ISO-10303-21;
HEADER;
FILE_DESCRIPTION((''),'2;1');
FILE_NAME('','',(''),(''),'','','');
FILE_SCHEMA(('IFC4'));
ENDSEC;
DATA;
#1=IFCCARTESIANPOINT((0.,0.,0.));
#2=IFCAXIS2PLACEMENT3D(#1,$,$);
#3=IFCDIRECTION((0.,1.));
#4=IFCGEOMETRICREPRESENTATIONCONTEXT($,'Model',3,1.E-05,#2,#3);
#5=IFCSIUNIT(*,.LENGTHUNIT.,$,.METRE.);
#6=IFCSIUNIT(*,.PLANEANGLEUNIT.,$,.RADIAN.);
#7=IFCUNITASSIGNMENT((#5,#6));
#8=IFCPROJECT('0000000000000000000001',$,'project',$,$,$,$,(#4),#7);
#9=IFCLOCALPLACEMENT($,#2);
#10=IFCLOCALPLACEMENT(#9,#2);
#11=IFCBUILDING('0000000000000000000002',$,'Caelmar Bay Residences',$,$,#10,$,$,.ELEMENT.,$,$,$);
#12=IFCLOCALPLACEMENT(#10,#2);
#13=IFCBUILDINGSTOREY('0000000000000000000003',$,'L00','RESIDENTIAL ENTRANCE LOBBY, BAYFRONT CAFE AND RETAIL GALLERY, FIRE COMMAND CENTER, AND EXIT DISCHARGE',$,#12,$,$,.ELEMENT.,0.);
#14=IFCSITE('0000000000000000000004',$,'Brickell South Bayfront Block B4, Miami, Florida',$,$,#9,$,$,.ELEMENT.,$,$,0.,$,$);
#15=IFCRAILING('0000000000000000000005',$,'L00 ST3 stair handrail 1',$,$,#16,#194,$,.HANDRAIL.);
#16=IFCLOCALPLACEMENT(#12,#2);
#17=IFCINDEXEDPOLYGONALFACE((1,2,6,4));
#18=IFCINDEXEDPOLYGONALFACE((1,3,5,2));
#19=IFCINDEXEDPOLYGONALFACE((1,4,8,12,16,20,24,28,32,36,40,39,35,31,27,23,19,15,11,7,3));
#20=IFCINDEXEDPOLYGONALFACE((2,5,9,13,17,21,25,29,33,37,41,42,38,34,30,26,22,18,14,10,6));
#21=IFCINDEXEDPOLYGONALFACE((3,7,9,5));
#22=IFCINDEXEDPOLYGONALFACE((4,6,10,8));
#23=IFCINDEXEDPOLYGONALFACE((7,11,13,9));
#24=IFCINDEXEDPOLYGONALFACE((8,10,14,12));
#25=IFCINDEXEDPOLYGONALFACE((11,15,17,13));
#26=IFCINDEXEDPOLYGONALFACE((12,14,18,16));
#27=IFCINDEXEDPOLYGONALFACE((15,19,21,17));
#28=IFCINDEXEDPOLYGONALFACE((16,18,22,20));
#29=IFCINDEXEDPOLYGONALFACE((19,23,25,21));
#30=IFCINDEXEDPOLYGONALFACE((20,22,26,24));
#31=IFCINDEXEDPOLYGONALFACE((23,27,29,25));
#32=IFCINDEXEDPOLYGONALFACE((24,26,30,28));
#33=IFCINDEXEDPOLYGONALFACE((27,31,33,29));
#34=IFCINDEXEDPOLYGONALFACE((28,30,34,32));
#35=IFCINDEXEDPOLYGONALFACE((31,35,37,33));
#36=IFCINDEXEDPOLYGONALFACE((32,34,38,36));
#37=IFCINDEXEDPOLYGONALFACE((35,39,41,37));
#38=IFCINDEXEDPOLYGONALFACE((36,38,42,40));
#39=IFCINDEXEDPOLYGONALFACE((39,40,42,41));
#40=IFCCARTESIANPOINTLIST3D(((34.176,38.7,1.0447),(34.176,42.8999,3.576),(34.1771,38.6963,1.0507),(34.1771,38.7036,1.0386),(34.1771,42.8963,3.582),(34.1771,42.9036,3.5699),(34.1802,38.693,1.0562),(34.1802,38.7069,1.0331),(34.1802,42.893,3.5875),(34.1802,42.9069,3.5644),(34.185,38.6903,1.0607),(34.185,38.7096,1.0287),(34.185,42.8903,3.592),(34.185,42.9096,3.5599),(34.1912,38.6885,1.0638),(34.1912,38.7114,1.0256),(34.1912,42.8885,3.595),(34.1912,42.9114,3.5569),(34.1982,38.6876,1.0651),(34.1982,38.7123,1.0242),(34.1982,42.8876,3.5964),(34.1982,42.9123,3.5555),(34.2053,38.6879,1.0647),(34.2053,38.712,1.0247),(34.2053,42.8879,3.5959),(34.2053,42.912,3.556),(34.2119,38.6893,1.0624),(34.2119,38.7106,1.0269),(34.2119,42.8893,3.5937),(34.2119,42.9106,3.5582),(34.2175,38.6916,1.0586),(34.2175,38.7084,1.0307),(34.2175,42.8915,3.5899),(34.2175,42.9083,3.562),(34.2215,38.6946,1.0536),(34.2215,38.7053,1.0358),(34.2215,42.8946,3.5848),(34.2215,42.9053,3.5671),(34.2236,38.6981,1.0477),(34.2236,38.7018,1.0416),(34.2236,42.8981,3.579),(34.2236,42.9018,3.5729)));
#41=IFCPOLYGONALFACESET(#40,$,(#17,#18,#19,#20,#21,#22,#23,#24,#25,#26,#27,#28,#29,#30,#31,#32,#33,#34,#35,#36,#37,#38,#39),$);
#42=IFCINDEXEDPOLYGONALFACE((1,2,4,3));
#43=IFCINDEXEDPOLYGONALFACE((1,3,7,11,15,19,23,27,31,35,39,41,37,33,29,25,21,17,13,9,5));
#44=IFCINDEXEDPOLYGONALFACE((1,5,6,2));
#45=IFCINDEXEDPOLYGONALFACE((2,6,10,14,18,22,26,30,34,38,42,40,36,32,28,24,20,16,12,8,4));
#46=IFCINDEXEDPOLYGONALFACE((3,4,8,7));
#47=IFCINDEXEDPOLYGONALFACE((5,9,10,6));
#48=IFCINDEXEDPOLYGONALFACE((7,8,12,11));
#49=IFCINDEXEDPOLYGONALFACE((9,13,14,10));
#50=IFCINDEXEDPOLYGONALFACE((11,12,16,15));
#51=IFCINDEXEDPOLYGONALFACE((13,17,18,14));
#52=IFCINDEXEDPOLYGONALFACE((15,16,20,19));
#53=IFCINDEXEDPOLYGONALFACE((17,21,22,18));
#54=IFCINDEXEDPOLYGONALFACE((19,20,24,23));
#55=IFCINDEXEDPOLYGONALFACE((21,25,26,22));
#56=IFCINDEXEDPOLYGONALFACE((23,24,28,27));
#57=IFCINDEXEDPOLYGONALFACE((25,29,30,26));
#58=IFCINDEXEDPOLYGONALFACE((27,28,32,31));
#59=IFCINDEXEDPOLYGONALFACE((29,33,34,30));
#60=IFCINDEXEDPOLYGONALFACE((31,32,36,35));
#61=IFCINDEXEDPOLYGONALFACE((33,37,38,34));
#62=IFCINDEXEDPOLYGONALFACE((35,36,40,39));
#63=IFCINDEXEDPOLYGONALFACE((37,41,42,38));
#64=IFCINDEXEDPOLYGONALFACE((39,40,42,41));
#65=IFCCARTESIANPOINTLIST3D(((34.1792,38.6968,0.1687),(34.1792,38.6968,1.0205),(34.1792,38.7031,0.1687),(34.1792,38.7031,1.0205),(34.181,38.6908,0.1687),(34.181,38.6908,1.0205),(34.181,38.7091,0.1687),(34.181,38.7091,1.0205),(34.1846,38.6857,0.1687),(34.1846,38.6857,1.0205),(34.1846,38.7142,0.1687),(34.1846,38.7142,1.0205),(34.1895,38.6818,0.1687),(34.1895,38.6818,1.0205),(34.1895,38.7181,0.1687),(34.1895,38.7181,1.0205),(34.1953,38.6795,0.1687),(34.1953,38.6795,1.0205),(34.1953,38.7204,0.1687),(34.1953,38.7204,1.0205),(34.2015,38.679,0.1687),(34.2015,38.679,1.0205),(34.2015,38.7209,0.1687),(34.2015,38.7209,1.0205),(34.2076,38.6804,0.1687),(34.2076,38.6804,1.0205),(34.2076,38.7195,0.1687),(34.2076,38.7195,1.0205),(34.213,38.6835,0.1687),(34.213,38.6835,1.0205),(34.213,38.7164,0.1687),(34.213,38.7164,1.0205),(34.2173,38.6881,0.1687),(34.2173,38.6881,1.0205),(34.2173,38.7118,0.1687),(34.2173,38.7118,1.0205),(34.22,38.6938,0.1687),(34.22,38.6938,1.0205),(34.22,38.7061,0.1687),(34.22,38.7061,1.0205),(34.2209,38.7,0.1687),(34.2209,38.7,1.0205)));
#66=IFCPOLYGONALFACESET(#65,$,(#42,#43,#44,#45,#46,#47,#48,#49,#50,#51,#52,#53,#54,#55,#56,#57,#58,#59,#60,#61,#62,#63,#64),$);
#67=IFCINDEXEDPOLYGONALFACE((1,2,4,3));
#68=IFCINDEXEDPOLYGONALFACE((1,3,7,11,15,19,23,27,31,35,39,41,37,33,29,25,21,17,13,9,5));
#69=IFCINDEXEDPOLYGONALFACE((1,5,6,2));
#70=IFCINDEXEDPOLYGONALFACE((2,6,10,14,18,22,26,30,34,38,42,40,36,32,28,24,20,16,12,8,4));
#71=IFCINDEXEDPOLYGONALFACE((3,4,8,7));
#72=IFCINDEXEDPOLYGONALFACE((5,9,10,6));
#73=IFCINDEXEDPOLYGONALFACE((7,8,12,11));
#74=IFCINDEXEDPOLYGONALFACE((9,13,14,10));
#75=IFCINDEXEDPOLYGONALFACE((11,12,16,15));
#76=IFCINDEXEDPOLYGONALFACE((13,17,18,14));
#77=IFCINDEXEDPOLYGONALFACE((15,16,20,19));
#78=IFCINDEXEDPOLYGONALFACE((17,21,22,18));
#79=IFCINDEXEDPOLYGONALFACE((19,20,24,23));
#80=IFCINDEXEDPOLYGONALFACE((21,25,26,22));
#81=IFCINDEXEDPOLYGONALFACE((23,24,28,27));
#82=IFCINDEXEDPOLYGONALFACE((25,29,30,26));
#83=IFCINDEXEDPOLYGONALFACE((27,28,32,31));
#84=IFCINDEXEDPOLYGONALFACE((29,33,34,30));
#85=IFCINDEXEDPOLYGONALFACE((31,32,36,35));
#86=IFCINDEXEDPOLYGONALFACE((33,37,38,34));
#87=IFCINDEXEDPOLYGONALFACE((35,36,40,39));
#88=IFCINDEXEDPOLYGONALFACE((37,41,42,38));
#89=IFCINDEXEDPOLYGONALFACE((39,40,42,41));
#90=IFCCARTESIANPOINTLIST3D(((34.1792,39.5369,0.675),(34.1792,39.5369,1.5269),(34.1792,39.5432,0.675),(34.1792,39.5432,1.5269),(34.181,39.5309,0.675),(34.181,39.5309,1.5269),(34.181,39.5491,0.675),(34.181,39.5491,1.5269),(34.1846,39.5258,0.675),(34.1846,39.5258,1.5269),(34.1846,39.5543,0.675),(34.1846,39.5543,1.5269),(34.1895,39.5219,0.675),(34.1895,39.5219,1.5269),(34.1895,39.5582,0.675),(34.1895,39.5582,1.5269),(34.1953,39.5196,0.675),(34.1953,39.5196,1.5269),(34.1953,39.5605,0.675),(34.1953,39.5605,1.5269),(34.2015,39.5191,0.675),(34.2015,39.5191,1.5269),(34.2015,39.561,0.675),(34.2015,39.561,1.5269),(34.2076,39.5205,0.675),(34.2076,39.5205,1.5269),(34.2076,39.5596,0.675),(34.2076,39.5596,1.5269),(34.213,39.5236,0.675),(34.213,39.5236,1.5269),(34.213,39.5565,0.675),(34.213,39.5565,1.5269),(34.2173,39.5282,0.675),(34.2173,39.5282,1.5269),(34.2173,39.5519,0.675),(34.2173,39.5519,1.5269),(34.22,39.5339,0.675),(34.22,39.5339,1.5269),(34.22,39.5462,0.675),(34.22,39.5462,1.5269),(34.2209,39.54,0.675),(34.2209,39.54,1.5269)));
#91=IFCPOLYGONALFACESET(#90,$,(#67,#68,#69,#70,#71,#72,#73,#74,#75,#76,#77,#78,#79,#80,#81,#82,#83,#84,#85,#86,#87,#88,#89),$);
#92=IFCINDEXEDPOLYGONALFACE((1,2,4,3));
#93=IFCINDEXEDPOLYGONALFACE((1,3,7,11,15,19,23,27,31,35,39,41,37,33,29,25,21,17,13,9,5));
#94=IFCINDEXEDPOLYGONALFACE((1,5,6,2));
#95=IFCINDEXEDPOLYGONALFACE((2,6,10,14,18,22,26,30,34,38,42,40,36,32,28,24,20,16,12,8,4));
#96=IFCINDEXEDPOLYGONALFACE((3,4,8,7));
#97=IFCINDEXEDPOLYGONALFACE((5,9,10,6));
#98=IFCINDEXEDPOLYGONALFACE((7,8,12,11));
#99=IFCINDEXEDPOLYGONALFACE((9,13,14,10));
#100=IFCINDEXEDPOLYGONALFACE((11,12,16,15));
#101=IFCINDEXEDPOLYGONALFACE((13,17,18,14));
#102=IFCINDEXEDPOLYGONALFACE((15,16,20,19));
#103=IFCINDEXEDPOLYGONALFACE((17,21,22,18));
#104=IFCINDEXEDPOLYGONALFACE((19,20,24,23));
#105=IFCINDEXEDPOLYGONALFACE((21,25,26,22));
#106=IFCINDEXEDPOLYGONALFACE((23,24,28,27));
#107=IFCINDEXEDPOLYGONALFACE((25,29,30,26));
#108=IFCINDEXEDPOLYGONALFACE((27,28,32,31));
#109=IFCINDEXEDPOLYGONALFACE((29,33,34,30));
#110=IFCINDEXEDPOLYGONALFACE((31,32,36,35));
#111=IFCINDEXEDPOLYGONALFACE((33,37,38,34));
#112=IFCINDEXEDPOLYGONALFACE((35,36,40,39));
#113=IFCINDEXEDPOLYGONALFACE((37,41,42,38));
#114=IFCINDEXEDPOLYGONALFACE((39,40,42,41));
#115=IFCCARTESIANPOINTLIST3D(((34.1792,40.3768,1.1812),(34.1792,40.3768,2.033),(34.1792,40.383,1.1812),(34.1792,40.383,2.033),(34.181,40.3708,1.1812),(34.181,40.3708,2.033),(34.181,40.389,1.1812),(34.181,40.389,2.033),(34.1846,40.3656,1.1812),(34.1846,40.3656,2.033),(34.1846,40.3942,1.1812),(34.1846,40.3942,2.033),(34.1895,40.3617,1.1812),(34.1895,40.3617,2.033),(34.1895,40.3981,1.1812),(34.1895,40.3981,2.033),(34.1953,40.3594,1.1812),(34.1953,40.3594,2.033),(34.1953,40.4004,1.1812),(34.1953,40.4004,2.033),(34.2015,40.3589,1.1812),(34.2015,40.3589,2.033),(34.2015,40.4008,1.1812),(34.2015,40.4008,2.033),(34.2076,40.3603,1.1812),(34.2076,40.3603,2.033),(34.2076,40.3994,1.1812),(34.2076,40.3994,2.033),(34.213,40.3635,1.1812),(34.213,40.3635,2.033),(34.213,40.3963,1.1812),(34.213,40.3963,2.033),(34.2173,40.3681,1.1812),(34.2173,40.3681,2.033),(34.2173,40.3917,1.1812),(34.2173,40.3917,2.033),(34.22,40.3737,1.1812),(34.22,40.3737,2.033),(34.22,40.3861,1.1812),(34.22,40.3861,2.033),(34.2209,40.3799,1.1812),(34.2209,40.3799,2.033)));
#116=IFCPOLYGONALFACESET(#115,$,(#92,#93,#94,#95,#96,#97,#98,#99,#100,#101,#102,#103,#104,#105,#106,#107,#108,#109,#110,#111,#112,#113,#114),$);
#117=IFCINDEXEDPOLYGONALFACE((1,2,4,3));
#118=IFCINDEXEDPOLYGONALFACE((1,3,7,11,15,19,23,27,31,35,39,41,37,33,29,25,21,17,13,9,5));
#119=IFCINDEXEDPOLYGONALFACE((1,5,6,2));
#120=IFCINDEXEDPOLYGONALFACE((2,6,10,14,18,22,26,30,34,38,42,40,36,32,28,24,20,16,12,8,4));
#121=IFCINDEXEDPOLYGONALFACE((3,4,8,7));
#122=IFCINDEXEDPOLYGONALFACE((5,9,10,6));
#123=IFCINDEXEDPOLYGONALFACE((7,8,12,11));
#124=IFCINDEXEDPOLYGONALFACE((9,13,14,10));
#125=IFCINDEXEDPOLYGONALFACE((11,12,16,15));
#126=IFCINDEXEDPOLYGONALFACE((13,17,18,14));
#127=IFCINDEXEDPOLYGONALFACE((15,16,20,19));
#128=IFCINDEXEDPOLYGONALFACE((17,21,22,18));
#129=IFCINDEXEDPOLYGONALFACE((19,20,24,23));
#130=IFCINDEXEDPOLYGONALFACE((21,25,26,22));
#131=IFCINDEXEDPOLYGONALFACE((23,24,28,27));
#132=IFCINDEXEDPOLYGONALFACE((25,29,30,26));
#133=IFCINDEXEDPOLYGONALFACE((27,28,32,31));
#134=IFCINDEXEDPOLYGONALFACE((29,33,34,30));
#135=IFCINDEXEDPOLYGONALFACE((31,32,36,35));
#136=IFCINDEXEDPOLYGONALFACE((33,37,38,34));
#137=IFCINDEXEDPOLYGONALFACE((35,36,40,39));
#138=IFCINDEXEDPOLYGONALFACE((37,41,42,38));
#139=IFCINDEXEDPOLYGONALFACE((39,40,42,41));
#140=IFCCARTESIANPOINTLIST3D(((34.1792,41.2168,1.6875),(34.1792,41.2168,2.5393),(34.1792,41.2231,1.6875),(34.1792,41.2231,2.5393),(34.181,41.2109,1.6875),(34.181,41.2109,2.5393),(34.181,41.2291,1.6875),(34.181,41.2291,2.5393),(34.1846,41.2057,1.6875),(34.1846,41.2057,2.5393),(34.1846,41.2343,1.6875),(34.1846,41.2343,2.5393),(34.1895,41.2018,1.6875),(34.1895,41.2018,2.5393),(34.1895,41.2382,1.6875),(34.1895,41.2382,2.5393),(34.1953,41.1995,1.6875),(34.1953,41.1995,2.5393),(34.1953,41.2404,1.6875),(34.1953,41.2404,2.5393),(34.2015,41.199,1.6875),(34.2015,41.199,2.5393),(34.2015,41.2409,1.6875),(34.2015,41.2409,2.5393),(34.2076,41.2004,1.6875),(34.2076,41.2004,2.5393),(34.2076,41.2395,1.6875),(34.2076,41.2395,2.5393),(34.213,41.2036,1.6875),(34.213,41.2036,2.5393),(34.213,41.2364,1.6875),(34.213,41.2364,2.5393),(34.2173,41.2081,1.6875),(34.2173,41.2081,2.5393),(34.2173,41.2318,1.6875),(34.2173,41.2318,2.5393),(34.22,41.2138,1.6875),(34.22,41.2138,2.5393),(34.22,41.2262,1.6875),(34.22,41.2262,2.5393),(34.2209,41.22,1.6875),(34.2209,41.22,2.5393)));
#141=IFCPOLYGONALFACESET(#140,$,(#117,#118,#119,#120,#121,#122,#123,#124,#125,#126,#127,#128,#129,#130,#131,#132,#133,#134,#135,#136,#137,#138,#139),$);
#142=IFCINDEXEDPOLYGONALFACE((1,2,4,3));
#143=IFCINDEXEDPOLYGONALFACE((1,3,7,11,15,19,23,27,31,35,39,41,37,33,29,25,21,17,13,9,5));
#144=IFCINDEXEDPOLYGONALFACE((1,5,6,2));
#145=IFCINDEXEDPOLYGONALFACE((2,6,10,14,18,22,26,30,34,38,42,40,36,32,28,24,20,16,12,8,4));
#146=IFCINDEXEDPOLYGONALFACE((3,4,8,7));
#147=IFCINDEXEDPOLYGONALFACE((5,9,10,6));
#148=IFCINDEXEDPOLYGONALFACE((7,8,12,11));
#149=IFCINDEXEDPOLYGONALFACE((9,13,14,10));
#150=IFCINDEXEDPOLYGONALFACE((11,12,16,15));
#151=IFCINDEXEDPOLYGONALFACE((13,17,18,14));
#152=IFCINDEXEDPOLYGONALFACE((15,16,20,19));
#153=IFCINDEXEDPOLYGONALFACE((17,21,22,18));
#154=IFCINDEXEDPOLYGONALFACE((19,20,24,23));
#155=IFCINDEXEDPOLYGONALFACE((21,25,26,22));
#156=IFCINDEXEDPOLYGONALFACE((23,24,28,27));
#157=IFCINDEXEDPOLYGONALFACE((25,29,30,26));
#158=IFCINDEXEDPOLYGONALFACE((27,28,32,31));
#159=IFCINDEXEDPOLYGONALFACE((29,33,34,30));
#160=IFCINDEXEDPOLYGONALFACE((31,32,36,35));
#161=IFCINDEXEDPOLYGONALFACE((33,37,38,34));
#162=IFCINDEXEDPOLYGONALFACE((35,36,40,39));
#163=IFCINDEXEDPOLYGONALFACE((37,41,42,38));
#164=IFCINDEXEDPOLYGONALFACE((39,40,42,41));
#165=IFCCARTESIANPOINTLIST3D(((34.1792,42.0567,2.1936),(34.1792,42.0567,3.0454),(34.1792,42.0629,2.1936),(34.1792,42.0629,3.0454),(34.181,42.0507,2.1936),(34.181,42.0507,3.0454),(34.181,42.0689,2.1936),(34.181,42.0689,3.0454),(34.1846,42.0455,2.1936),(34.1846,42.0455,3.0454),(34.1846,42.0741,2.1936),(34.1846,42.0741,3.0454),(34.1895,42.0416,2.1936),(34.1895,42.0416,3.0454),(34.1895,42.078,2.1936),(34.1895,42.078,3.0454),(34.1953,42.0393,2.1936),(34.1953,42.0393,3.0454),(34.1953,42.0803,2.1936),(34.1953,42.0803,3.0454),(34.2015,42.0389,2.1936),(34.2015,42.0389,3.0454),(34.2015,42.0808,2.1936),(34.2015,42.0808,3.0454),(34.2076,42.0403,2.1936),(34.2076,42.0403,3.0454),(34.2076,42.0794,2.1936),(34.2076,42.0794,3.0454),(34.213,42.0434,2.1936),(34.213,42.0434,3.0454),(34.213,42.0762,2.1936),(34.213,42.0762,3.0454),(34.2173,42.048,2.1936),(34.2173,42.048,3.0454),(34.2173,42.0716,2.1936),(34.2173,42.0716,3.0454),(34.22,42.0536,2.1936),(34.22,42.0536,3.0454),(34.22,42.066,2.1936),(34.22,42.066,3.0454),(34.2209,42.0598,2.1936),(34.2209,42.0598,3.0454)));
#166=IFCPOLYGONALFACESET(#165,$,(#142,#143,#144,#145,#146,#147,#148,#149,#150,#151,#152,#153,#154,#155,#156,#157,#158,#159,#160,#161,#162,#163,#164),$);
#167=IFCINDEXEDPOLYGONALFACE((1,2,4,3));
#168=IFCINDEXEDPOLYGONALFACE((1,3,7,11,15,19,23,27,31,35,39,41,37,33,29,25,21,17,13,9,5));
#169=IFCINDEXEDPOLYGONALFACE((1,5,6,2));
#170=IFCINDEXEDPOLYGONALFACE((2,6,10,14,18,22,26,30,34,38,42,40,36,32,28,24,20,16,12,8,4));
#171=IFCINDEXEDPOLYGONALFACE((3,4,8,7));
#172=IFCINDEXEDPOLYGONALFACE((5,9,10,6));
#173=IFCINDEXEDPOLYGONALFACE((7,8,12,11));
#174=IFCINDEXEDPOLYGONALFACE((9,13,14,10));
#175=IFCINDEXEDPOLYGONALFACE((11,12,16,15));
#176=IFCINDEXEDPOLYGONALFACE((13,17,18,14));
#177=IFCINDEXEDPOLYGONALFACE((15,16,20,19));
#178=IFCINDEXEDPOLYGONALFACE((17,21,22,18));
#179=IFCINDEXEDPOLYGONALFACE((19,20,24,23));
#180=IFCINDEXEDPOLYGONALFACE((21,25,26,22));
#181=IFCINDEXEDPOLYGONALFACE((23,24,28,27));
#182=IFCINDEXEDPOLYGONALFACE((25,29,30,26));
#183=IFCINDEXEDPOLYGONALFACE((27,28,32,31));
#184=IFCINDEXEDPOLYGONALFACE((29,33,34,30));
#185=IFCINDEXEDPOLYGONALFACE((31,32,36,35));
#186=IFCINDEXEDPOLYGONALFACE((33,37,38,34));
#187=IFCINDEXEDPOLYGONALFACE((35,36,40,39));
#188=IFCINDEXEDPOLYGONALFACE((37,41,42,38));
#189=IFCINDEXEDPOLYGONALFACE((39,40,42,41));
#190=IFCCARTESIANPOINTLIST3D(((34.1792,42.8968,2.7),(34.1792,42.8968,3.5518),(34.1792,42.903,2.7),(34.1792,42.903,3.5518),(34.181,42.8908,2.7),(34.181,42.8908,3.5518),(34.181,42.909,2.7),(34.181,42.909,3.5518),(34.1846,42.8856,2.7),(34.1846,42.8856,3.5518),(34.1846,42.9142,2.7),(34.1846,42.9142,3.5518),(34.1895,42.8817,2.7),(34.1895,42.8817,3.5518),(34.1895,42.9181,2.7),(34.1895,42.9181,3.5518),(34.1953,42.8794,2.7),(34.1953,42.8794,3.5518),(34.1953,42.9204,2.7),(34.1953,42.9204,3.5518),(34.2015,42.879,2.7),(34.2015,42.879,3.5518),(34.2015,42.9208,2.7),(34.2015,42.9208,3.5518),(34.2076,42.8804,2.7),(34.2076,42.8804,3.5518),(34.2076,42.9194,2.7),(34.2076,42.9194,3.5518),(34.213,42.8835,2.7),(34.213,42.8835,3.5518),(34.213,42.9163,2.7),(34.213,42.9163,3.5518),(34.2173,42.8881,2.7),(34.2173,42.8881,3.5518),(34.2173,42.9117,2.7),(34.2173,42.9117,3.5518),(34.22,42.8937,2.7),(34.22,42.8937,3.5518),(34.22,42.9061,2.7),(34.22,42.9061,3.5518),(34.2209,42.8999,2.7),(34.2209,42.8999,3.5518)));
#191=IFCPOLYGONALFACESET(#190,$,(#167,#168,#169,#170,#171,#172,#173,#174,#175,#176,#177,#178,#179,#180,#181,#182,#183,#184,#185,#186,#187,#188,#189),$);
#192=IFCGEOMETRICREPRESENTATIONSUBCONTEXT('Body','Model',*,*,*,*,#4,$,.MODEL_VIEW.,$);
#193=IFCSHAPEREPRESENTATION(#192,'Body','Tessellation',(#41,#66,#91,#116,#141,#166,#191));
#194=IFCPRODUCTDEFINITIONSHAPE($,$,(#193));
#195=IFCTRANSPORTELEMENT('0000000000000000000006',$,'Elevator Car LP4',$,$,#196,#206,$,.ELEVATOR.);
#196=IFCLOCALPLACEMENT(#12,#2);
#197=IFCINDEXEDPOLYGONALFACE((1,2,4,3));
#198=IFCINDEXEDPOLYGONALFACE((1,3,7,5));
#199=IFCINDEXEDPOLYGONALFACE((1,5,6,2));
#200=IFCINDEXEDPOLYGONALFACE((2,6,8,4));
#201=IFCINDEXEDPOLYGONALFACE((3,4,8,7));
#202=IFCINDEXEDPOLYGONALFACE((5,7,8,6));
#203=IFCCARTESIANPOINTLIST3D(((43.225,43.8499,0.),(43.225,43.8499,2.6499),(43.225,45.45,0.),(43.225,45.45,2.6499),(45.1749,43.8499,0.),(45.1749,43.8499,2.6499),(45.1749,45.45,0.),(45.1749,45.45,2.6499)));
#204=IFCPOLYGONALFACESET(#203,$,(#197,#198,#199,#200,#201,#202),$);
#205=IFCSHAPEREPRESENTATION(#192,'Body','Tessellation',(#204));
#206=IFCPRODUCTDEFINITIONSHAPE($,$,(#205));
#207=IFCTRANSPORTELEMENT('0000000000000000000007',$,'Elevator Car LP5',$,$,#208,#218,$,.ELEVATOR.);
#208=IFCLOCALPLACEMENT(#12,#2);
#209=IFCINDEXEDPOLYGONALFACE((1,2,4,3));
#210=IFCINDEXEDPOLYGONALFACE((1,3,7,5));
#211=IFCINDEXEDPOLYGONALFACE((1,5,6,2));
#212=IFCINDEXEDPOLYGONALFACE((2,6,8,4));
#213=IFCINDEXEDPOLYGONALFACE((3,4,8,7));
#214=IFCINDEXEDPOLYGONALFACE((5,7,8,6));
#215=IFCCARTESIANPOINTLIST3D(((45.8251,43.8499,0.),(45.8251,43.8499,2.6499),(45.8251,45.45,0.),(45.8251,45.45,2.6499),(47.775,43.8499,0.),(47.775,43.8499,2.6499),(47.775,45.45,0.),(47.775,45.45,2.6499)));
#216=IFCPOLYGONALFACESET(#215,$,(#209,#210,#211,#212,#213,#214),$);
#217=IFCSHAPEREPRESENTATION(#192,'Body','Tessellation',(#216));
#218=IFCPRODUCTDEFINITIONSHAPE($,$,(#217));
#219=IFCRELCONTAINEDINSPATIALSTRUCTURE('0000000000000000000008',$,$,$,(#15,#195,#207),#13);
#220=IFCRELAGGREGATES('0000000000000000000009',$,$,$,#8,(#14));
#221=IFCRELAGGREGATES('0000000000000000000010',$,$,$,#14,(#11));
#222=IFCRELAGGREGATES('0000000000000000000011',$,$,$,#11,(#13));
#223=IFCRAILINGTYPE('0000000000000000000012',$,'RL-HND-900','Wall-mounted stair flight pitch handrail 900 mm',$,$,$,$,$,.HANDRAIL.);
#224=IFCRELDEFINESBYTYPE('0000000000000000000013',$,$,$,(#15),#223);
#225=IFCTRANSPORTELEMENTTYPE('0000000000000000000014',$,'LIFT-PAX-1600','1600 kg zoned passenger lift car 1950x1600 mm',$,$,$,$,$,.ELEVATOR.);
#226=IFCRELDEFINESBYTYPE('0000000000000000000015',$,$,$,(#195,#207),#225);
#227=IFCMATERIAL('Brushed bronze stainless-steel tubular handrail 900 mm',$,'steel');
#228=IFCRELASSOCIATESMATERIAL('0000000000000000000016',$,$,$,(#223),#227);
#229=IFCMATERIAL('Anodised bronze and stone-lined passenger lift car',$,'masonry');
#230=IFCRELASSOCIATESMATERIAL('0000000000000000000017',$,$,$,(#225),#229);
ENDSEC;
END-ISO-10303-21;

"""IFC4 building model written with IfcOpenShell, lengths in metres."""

from ifc_helpers import new_model, si_unit, direction, frame, origin, origin_2d, place, context, subcontext, project, spatial, rectangle, circle, extrude, material, type_object, element, save


model = new_model("IFC4")

# Units and contexts
model_context = context("Model", 3, precision=1e-05, world=origin(), true_north=direction((0.0, 1.0)))
body_context = subcontext(model_context, "Body", "Model", "MODEL_VIEW")
ifc_project = project(units=[si_unit("LENGTHUNIT", "METRE"), si_unit("PLANEANGLEUNIT", "RADIAN")], contexts=[model_context])

# Site, building, storey
site_placement = place(None, origin())
site = spatial("IfcSite", under=ifc_project, at=site_placement, Name="Brickell South Bayfront Block B4, Miami, Florida", CompositionType="ELEMENT", RefElevation=0.0)
building_placement = place(site_placement, origin())
building = spatial("IfcBuilding", under=site, at=building_placement, Name="Caelmar Bay Residences", CompositionType="ELEMENT")
storey_placement = place(building_placement, origin())
storey = spatial("IfcBuildingStorey", under=building, at=storey_placement, Name="L00", Description="RESIDENTIAL ENTRANCE LOBBY, BAYFRONT CAFE AND RETAIL GALLERY, FIRE COMMAND CENTER, AND EXIT DISCHARGE", CompositionType="ELEMENT", Elevation=0.0)

# Railing
ifc_material_1 = material(Name="Brushed bronze stainless-steel tubular handrail 900 mm", Category="steel")
railing_type_1 = type_object("IfcRailingType", Name="RL-HND-900", Description="Wall-mounted stair flight pitch handrail 900 mm", PredefinedType="HANDRAIL", material=ifc_material_1)
railing_1_placement = place(storey_placement, frame((34.2, 38.7, 0.1687)))
element("IfcRailing", 1, at=railing_1_placement, inside=storey, type_object=railing_type_1, Name="L00 ST3 stair handrail 1", PredefinedType="HANDRAIL", context=body_context, shape_type="SweptSolid", body=[
    extrude(circle(Radius=0.0239, at=origin_2d()), frame((0.0, 0.0, 0.876), z_axis=(0.0, 0.856476, 0.516186), x_axis=(-1.0, 0.0, 0.0)), (0.0, 0.0, 1.0), 4.9038),
    extrude(circle(Radius=0.021, at=origin_2d()), origin(), (0.0, 0.0, 1.0), 0.8518),
    extrude(circle(Radius=0.021, at=origin_2d()), frame((0.0, 0.8401, 0.5063)), (0.0, 0.0, 1.0), 0.8518),
    extrude(circle(Radius=0.021, at=origin_2d()), frame((0.0, 1.6799, 1.0125)), (0.0, 0.0, 1.0), 0.8518),
    extrude(circle(Radius=0.021, at=origin_2d()), frame((0.0, 2.52, 1.5188)), (0.0, 0.0, 1.0), 0.8518),
    extrude(circle(Radius=0.021, at=origin_2d()), frame((0.0, 3.3599, 2.0249)), (0.0, 0.0, 1.0), 0.8518),
    extrude(circle(Radius=0.021, at=origin_2d()), frame((0.0, 4.2, 2.5312)), (0.0, 0.0, 1.0), 0.8518),
])

# Transport elements
ifc_material_2 = material(Name="Anodised bronze and stone-lined passenger lift car", Category="masonry")
transport_element_type_1 = type_object("IfcTransportElementType", Name="LIFT-PAX-1600", Description="1600 kg zoned passenger lift car 1950x1600 mm", PredefinedType="ELEVATOR", material=ifc_material_2)
for number, where, z_axis, x_axis, name in (
    (2, (44.2, 44.6499, 0.0), (0.0, 0.0, 1.0), (1.0, 0.0, 0.0), "Elevator Car LP4"),
    (3, (46.8, 44.6499, 0.0), (0.0, 0.0, 1.0), (1.0, 0.0, 0.0), "Elevator Car LP5"),
):
    element("IfcTransportElement", number, at=place(storey_placement, frame(where, z_axis=z_axis, x_axis=x_axis)), inside=storey, type_object=transport_element_type_1, Name=name, PredefinedType="ELEVATOR", context=body_context, shape_type="SweptSolid", body=[
        extrude(rectangle(XDim=1.95, YDim=1.6001, at=origin_2d()), origin(), (0.0, 0.0, 1.0), 2.6499),
    ])

save(model, "model.ifc")
